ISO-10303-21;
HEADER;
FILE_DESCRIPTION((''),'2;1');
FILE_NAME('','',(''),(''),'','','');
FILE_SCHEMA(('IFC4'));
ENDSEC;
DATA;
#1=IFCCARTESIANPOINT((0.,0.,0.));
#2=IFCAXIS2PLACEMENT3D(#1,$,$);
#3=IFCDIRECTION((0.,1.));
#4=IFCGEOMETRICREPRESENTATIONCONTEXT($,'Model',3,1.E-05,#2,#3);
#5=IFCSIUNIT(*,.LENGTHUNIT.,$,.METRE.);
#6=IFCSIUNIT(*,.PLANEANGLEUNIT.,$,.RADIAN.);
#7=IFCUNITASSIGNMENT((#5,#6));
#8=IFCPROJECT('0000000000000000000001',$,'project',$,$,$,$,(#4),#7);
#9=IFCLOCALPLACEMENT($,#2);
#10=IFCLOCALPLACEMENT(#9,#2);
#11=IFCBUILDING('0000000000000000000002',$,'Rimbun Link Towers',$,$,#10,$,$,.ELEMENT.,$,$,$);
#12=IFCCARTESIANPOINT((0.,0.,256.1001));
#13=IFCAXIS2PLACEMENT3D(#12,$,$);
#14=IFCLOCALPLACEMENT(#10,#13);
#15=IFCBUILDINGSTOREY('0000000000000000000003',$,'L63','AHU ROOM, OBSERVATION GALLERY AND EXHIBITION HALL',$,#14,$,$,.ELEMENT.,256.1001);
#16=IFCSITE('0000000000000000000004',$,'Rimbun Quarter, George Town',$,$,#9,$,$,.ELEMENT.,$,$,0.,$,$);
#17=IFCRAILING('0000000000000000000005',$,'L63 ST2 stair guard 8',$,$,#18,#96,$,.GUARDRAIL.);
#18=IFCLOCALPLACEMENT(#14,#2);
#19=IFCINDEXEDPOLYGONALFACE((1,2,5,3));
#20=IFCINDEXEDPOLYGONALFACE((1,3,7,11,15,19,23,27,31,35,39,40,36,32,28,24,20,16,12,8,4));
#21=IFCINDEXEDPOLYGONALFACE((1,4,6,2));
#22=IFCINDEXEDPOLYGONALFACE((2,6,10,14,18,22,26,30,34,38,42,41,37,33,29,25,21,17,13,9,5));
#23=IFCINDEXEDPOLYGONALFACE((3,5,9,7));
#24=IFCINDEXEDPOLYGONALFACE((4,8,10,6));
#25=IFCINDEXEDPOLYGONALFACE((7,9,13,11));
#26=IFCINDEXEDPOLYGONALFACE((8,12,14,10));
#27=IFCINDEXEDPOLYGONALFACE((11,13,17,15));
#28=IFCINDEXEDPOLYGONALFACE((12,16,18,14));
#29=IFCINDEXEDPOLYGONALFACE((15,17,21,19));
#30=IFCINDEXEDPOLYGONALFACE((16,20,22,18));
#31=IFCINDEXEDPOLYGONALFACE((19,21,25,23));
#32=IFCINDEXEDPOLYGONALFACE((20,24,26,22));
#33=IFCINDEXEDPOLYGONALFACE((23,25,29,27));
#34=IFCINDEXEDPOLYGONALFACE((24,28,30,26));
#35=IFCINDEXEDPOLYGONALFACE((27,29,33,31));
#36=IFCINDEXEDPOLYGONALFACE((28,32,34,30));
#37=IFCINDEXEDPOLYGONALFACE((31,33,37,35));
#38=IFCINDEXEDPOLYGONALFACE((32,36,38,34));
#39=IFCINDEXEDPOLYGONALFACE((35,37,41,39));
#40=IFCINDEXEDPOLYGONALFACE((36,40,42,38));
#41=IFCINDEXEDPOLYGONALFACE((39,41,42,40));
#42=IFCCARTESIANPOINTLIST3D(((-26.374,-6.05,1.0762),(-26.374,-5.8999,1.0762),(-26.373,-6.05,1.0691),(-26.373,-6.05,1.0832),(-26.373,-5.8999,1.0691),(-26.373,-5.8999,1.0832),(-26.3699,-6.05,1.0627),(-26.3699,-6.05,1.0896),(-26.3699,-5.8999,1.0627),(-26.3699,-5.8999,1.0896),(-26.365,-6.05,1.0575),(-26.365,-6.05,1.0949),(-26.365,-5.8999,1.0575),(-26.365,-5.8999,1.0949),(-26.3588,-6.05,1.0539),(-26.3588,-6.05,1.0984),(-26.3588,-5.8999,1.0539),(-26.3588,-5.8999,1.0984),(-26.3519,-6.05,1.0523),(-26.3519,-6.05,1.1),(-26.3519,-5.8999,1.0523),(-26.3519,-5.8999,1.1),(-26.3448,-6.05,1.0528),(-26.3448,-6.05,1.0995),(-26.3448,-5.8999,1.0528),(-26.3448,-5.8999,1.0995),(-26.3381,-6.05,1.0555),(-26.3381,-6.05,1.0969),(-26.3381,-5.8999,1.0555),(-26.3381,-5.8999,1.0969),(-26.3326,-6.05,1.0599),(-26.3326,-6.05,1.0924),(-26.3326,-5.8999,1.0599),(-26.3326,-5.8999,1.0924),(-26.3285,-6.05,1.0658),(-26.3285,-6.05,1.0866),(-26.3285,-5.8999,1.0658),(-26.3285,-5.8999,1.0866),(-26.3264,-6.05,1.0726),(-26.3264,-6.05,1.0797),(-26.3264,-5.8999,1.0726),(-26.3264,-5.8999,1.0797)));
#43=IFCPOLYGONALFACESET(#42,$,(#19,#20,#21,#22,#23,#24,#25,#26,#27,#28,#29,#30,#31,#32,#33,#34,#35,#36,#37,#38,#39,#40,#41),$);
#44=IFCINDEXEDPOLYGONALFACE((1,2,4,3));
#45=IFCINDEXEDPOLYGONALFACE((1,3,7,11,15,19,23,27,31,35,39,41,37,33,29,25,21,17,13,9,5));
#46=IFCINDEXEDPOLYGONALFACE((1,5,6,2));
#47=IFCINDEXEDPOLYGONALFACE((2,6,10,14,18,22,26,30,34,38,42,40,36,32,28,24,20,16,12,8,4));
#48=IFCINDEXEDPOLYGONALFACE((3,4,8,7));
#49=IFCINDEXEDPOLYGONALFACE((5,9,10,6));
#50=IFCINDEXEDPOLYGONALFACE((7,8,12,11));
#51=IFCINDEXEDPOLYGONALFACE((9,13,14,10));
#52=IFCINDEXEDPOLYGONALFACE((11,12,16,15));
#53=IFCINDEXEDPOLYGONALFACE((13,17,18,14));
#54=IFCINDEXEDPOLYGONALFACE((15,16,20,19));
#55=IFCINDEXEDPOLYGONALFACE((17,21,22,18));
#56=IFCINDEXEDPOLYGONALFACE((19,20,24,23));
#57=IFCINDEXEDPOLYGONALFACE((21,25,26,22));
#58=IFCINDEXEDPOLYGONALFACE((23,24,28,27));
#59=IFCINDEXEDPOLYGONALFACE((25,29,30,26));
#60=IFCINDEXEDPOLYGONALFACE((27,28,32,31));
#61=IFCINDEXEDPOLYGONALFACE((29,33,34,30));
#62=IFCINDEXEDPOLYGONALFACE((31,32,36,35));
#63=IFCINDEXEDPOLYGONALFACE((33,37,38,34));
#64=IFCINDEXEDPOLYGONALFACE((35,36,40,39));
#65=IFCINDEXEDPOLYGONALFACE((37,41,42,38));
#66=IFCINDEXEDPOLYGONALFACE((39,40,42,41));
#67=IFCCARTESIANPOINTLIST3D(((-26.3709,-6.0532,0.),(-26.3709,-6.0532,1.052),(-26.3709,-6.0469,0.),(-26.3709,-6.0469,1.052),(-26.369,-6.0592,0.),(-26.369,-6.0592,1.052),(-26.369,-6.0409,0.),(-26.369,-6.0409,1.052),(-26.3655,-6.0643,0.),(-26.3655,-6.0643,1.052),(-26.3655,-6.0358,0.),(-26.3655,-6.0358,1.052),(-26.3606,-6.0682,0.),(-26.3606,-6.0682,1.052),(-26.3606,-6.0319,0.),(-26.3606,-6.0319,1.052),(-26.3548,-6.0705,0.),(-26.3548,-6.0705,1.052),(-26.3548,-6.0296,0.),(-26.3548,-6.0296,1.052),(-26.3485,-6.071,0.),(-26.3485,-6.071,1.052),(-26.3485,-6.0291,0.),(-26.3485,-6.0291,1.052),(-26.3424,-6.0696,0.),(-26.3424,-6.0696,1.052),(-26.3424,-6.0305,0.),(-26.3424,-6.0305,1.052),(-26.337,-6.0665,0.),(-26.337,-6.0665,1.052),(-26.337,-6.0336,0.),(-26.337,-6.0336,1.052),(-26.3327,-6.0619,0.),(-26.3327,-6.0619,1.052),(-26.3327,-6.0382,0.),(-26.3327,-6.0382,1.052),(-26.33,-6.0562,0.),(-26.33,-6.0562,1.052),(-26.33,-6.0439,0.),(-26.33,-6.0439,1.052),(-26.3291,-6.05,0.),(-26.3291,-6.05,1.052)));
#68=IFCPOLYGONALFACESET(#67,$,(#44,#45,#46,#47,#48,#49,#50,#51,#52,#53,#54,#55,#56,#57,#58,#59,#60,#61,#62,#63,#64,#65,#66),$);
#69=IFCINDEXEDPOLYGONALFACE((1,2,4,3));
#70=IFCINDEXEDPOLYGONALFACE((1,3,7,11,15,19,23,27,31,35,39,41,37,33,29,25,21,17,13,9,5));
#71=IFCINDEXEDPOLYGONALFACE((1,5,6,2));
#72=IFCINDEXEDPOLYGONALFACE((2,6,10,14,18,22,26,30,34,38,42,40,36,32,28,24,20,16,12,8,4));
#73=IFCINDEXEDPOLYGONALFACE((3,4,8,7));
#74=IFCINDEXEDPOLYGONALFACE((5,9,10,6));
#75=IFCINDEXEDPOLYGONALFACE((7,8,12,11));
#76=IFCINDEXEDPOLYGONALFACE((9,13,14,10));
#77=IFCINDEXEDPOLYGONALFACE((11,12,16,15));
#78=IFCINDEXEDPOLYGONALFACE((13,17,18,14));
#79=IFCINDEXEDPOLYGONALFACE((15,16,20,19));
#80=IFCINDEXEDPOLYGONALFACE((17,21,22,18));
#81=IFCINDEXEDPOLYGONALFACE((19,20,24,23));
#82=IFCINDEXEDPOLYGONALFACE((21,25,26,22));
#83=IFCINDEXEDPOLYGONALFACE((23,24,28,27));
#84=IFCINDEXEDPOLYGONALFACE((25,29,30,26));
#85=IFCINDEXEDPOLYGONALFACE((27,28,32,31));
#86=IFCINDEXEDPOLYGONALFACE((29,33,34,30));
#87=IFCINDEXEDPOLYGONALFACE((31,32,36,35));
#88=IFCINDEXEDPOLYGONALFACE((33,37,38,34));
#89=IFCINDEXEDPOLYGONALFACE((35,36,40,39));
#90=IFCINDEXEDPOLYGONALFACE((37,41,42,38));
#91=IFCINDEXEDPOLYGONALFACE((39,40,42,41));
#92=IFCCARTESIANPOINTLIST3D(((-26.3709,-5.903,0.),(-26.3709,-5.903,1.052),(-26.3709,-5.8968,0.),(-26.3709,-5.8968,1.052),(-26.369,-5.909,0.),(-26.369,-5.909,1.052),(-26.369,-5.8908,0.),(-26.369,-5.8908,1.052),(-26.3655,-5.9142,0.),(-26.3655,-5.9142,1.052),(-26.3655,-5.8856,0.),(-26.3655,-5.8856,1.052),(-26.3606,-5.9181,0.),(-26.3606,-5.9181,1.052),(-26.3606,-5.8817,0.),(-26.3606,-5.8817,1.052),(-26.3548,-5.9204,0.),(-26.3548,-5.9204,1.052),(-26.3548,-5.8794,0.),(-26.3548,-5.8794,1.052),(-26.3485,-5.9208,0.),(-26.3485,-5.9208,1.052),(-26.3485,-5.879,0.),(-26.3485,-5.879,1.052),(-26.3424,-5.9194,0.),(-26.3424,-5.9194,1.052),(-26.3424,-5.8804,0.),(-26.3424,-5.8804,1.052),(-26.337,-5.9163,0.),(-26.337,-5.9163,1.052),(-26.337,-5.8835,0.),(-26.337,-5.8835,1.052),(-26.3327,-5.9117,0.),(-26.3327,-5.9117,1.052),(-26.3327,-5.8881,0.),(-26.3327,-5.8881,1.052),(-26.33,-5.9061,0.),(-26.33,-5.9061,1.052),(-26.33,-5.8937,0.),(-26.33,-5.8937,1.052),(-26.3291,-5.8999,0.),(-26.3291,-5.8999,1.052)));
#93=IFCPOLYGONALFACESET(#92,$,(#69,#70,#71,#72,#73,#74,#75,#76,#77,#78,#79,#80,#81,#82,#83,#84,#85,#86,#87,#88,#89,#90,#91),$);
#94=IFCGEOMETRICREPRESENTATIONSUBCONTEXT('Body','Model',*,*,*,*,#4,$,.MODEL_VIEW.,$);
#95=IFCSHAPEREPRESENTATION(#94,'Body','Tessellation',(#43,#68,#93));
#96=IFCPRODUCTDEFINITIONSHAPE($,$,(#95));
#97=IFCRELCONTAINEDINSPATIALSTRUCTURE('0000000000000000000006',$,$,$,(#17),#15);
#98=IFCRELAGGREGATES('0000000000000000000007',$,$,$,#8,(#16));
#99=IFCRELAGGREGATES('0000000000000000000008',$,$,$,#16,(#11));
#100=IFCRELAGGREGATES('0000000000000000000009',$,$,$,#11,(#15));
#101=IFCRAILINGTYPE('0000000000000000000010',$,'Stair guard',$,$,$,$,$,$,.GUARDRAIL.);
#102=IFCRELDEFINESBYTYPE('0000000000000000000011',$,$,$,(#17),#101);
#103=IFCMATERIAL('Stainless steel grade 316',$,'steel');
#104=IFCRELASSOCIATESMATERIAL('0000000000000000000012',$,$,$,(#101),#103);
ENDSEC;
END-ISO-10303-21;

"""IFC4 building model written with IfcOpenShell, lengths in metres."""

from ifc_helpers import new_model, si_unit, direction, frame, origin, origin_2d, place, context, subcontext, project, spatial, circle, extrude, material, type_object, element, save


model = new_model("IFC4")

# Units and contexts
model_context = context("Model", 3, precision=1e-05, world=origin(), true_north=direction((0.0, 1.0)))
body_context = subcontext(model_context, "Body", "Model", "MODEL_VIEW")
ifc_project = project(units=[si_unit("LENGTHUNIT", "METRE"), si_unit("PLANEANGLEUNIT", "RADIAN")], contexts=[model_context])

# Site, building, storey
site_placement = place(None, origin())
site = spatial("IfcSite", under=ifc_project, at=site_placement, Name="Rimbun Quarter, George Town", CompositionType="ELEMENT", RefElevation=0.0)
building_placement = place(site_placement, origin())
building = spatial("IfcBuilding", under=site, at=building_placement, Name="Rimbun Link Towers", CompositionType="ELEMENT")
storey_placement = place(building_placement, frame((0.0, 0.0, 256.1001)))
storey = spatial("IfcBuildingStorey", under=building, at=storey_placement, Name="L63", Description="AHU ROOM, OBSERVATION GALLERY AND EXHIBITION HALL", CompositionType="ELEMENT", Elevation=256.1001)

# Railing
ifc_material_1 = material(Name="Stainless steel grade 316", Category="steel")
railing_type_1 = type_object("IfcRailingType", Name="Stair guard", PredefinedType="GUARDRAIL", material=ifc_material_1)
railing_1_placement = place(storey_placement, frame((-26.3501, -6.05, 0.0)))
element("IfcRailing", 1, at=railing_1_placement, inside=storey, type_object=railing_type_1, Name="L63 ST2 stair guard 8", PredefinedType="GUARDRAIL", context=body_context, shape_type="SweptSolid", body=[
    extrude(circle(Radius=0.0239, at=origin_2d()), frame((0.0, 0.0, 1.0762), z_axis=(0.0, 1.0, 0.0), x_axis=(-1.0, 0.0, 0.0)), (0.0, 0.0, 1.0), 0.1501),
    extrude(circle(Radius=0.021, at=origin_2d()), origin(), (0.0, 0.0, 1.0), 1.052),
    extrude(circle(Radius=0.021, at=origin_2d()), frame((0.0, 0.1501, 0.0)), (0.0, 0.0, 1.0), 1.052),
])

save(model, "model.ifc")
